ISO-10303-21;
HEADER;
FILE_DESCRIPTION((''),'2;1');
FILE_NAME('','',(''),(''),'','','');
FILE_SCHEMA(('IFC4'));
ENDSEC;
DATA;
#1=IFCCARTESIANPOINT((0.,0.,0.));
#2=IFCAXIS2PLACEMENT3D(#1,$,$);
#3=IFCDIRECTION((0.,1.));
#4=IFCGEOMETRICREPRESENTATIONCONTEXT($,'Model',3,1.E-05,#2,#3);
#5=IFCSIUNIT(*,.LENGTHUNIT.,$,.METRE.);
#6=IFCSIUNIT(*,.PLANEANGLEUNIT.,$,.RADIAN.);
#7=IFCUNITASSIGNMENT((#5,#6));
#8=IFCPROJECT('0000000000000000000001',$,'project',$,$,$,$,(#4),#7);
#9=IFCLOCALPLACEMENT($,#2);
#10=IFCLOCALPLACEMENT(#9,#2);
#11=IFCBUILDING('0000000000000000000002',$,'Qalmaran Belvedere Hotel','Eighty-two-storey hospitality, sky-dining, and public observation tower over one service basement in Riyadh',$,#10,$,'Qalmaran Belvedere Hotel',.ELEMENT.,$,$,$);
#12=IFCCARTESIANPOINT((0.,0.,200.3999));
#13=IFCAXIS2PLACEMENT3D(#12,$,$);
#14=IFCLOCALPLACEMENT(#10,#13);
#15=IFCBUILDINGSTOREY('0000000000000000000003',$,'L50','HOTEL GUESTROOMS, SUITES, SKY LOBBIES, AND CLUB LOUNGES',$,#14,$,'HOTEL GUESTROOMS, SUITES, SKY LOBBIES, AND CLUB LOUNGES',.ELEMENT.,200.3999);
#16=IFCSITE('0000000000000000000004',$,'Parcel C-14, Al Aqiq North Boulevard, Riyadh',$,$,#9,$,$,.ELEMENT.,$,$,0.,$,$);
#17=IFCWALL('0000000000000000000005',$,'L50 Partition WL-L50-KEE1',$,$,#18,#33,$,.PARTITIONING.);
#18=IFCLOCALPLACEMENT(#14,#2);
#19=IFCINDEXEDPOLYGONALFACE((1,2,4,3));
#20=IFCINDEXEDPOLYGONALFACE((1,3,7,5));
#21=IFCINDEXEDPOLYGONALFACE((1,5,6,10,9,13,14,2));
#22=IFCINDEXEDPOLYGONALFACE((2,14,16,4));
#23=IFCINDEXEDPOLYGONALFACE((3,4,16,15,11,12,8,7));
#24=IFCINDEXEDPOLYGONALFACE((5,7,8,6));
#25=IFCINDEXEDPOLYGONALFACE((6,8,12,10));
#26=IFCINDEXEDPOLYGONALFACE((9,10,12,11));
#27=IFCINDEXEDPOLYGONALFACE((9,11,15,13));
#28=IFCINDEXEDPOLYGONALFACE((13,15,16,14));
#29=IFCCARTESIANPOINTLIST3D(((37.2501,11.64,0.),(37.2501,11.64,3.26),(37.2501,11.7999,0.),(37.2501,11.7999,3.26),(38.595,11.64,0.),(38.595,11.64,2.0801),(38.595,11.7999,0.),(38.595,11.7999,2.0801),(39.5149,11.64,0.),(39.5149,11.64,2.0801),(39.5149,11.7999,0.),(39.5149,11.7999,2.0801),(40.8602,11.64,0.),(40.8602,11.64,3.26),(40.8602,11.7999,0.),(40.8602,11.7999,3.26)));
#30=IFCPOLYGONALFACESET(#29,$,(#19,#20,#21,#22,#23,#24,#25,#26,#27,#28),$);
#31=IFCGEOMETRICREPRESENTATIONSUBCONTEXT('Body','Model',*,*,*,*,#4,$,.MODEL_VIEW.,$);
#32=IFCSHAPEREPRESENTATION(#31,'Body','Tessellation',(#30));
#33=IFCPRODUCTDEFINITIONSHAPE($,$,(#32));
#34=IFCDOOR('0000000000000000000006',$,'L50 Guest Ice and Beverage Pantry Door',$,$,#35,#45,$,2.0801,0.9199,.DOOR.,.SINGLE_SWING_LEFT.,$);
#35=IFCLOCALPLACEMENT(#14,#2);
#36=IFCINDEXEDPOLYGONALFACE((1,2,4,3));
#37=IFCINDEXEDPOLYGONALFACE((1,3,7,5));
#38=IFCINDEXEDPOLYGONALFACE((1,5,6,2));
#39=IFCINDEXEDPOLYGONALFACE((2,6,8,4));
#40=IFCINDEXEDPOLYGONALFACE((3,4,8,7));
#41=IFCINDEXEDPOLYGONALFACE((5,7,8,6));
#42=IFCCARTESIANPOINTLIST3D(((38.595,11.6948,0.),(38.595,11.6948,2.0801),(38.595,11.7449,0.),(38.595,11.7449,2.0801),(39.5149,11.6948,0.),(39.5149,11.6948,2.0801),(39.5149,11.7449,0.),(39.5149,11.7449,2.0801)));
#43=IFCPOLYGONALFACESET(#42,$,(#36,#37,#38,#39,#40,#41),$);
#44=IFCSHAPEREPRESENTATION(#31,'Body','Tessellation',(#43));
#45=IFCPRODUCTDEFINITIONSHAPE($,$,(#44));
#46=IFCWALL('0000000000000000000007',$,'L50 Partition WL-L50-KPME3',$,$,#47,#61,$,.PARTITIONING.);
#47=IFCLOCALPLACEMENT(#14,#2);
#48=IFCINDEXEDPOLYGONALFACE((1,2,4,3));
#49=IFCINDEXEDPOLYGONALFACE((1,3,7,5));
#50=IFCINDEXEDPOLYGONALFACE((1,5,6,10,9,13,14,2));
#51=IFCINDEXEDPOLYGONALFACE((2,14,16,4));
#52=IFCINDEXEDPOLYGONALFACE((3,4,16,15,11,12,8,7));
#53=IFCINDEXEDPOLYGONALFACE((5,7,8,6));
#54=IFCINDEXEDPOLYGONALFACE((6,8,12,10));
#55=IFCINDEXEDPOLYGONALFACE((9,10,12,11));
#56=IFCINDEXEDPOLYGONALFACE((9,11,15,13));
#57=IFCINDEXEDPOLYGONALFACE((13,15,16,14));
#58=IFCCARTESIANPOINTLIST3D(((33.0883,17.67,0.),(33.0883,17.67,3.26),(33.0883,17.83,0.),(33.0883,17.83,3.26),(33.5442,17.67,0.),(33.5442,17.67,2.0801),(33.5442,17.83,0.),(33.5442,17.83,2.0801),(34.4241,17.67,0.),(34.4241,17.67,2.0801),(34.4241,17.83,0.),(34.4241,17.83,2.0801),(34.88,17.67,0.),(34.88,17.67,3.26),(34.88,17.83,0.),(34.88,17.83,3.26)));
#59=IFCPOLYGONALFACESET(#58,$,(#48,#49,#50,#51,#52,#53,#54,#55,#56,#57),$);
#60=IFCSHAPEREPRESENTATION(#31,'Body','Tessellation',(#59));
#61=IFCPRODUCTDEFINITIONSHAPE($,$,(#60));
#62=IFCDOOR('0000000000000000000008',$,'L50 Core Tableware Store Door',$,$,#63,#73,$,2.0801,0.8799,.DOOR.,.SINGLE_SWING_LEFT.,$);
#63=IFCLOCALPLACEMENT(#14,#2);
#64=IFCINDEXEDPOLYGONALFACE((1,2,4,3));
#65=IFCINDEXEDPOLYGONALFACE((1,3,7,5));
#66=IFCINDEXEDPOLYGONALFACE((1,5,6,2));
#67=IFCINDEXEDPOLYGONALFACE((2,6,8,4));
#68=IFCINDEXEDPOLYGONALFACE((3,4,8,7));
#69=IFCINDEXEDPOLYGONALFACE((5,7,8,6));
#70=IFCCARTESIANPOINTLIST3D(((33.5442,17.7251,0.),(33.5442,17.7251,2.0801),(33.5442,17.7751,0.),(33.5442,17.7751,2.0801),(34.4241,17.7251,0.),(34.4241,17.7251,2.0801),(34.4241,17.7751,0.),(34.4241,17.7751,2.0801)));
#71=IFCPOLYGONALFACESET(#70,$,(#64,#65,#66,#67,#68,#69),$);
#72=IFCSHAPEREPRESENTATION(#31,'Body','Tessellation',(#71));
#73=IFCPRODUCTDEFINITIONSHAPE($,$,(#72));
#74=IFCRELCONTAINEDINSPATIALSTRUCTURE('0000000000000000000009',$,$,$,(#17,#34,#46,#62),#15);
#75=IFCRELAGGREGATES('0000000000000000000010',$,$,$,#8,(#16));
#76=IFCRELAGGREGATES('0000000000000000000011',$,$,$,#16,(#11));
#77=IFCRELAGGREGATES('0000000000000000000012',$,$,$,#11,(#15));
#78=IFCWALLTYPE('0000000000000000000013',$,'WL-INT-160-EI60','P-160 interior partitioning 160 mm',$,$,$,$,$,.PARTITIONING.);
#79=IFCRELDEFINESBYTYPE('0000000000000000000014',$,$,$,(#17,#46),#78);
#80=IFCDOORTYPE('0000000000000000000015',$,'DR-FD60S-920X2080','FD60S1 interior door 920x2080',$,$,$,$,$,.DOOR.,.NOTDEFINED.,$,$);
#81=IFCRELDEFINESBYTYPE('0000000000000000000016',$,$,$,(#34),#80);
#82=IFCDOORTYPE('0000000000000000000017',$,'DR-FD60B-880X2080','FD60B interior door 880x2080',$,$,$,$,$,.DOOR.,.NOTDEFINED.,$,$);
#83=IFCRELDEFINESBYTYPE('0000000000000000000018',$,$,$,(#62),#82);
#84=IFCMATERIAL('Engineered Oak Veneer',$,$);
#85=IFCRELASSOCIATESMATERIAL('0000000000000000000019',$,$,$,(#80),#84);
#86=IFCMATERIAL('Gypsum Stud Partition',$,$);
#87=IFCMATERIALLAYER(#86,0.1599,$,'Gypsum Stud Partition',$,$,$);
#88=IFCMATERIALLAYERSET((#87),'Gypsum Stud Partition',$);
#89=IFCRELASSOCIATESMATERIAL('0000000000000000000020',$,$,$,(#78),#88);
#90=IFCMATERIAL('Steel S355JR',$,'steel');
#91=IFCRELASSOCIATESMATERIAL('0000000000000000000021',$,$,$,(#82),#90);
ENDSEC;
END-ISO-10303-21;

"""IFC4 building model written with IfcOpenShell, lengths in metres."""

from ifc_helpers import new_model, si_unit, direction, frame, frame_2d, origin, place, context, subcontext, project, spatial, rectangle, extrude, material, layer, layer_set, type_object, element, fill, save


model = new_model("IFC4")

# Units and contexts
model_context = context("Model", 3, precision=1e-05, world=origin(), true_north=direction((0.0, 1.0)))
body_context = subcontext(model_context, "Body", "Model", "MODEL_VIEW")
ifc_project = project(units=[si_unit("LENGTHUNIT", "METRE"), si_unit("PLANEANGLEUNIT", "RADIAN")], contexts=[model_context])

# Site, building, storey
site_placement = place(None, origin())
site = spatial("IfcSite", under=ifc_project, at=site_placement, Name="Parcel C-14, Al Aqiq North Boulevard, Riyadh", CompositionType="ELEMENT", RefElevation=0.0)
building_placement = place(site_placement, origin())
building = spatial("IfcBuilding", under=site, at=building_placement, Name="Qalmaran Belvedere Hotel", Description="Eighty-two-storey hospitality, sky-dining, and public observation tower over one service basement in Riyadh", LongName="Qalmaran Belvedere Hotel", CompositionType="ELEMENT")
storey_placement = place(building_placement, frame((0.0, 0.0, 200.3999)))
storey = spatial("IfcBuildingStorey", under=building, at=storey_placement, Name="L50", Description="HOTEL GUESTROOMS, SUITES, SKY LOBBIES, AND CLUB LOUNGES", LongName="HOTEL GUESTROOMS, SUITES, SKY LOBBIES, AND CLUB LOUNGES", CompositionType="ELEMENT", Elevation=200.3999)

# Shared definitions
ifc_material_1 = material(Name="Steel S355JR", Category="steel")

# Shared definitions
ifc_material_2 = material(Name="Gypsum Stud Partition")

# Shared definitions
ifc_material_3 = material(Name="Engineered Oak Veneer")
door_type_1 = type_object("IfcDoorType", Name="DR-FD60S-920X2080", Description="FD60S1 interior door 920x2080", OperationType="NOTDEFINED", PredefinedType="DOOR", material=ifc_material_3)

# Walls, openings, doors
ifc_layer_1 = layer(ifc_material_2, 0.1599, Name="Gypsum Stud Partition")
ifc_layer_set_1 = layer_set([ifc_layer_1], Name="Gypsum Stud Partition")
wall_type_1 = type_object("IfcWallType", Name="WL-INT-160-EI60", Description="P-160 interior partitioning 160 mm", PredefinedType="PARTITIONING", material=ifc_layer_set_1)
wall_1_placement = place(storey_placement, frame((37.25, 11.72, 0.0), z_axis=(0.0, 0.0, 1.0), x_axis=(1.0, 0.0, 0.0)))
wall_1 = element("IfcWall", 1, at=wall_1_placement, inside=storey, type_object=wall_type_1, Name="L50 Partition WL-L50-KEE1", PredefinedType="PARTITIONING", context=body_context, shape_type="SweptSolid", body=[
    extrude(rectangle(XDim=3.6101, YDim=0.1599, at=frame_2d((1.8052, 0.0))), origin(), (0.0, 0.0, 1.0), 3.26),
])
opening_1_placement = place(wall_1_placement, frame((1.345, 0.0, 0.0)))
opening_1 = element("IfcOpeningElement", 2, at=opening_1_placement, cuts=wall_1, PredefinedType="OPENING", context=body_context, shape_type="SweptSolid", body=[
    extrude(rectangle(XDim=0.9199, YDim=2.0801, at=frame_2d((0.46, 1.04))), frame((0.0, 0.0898, 0.0), z_axis=(0.0, -1.0, 0.0), x_axis=(1.0, 0.0, 0.0)), (0.0, 0.0, 1.0), 0.1799),
])
door_1_placement = place(opening_1_placement, origin())
door_1 = element("IfcDoor", 3, at=door_1_placement, inside=storey, type_object=door_type_1, Name="L50 Guest Ice and Beverage Pantry Door", OperationType="SINGLE_SWING_LEFT", OverallHeight=2.0801, OverallWidth=0.9199, PredefinedType="DOOR", context=body_context, shape_type="SweptSolid", body=[
    extrude(rectangle(XDim=0.9199, YDim=2.0801, at=frame_2d((0.46, 1.04))), frame((0.0, 0.0249, 0.0), z_axis=(0.0, -1.0, 0.0), x_axis=(1.0, 0.0, 0.0)), (0.0, 0.0, 1.0), 0.05),
])
fill(opening_1, door_1)
wall_2_placement = place(storey_placement, frame((33.0881, 17.75, 0.0), z_axis=(0.0, 0.0, 1.0), x_axis=(1.0, 0.0, 0.0)))
wall_2 = element("IfcWall", 4, at=wall_2_placement, inside=storey, type_object=wall_type_1, Name="L50 Partition WL-L50-KPME3", PredefinedType="PARTITIONING", context=body_context, shape_type="SweptSolid", body=[
    extrude(rectangle(XDim=1.7917, YDim=0.1599, at=frame_2d((0.896, 0.0))), origin(), (0.0, 0.0, 1.0), 3.26),
])
opening_2_placement = place(wall_2_placement, frame((1.3359, 0.0, 0.0), z_axis=(0.0, 0.0, 1.0), x_axis=(-1.0, 0.0, 0.0)))
opening_2 = element("IfcOpeningElement", 5, at=opening_2_placement, cuts=wall_2, PredefinedType="OPENING", context=body_context, shape_type="SweptSolid", body=[
    extrude(rectangle(XDim=0.8799, YDim=2.0801, at=frame_2d((0.4399, 1.04))), frame((0.0, 0.0898, 0.0), z_axis=(0.0, -1.0, 0.0), x_axis=(1.0, 0.0, 0.0)), (0.0, 0.0, 1.0), 0.1799),
])
door_type_2 = type_object("IfcDoorType", Name="DR-FD60B-880X2080", Description="FD60B interior door 880x2080", OperationType="NOTDEFINED", PredefinedType="DOOR", material=ifc_material_1)
door_2_placement = place(opening_2_placement, origin())
door_2 = element("IfcDoor", 6, at=door_2_placement, inside=storey, type_object=door_type_2, Name="L50 Core Tableware Store Door", OperationType="SINGLE_SWING_LEFT", OverallHeight=2.0801, OverallWidth=0.8799, PredefinedType="DOOR", context=body_context, shape_type="SweptSolid", body=[
    extrude(rectangle(XDim=0.8799, YDim=2.0801, at=frame_2d((0.4399, 1.04))), frame((0.0, 0.0249, 0.0), z_axis=(0.0, -1.0, 0.0), x_axis=(1.0, 0.0, 0.0)), (0.0, 0.0, 1.0), 0.05),
])
fill(opening_2, door_2)

save(model, "model.ifc")
